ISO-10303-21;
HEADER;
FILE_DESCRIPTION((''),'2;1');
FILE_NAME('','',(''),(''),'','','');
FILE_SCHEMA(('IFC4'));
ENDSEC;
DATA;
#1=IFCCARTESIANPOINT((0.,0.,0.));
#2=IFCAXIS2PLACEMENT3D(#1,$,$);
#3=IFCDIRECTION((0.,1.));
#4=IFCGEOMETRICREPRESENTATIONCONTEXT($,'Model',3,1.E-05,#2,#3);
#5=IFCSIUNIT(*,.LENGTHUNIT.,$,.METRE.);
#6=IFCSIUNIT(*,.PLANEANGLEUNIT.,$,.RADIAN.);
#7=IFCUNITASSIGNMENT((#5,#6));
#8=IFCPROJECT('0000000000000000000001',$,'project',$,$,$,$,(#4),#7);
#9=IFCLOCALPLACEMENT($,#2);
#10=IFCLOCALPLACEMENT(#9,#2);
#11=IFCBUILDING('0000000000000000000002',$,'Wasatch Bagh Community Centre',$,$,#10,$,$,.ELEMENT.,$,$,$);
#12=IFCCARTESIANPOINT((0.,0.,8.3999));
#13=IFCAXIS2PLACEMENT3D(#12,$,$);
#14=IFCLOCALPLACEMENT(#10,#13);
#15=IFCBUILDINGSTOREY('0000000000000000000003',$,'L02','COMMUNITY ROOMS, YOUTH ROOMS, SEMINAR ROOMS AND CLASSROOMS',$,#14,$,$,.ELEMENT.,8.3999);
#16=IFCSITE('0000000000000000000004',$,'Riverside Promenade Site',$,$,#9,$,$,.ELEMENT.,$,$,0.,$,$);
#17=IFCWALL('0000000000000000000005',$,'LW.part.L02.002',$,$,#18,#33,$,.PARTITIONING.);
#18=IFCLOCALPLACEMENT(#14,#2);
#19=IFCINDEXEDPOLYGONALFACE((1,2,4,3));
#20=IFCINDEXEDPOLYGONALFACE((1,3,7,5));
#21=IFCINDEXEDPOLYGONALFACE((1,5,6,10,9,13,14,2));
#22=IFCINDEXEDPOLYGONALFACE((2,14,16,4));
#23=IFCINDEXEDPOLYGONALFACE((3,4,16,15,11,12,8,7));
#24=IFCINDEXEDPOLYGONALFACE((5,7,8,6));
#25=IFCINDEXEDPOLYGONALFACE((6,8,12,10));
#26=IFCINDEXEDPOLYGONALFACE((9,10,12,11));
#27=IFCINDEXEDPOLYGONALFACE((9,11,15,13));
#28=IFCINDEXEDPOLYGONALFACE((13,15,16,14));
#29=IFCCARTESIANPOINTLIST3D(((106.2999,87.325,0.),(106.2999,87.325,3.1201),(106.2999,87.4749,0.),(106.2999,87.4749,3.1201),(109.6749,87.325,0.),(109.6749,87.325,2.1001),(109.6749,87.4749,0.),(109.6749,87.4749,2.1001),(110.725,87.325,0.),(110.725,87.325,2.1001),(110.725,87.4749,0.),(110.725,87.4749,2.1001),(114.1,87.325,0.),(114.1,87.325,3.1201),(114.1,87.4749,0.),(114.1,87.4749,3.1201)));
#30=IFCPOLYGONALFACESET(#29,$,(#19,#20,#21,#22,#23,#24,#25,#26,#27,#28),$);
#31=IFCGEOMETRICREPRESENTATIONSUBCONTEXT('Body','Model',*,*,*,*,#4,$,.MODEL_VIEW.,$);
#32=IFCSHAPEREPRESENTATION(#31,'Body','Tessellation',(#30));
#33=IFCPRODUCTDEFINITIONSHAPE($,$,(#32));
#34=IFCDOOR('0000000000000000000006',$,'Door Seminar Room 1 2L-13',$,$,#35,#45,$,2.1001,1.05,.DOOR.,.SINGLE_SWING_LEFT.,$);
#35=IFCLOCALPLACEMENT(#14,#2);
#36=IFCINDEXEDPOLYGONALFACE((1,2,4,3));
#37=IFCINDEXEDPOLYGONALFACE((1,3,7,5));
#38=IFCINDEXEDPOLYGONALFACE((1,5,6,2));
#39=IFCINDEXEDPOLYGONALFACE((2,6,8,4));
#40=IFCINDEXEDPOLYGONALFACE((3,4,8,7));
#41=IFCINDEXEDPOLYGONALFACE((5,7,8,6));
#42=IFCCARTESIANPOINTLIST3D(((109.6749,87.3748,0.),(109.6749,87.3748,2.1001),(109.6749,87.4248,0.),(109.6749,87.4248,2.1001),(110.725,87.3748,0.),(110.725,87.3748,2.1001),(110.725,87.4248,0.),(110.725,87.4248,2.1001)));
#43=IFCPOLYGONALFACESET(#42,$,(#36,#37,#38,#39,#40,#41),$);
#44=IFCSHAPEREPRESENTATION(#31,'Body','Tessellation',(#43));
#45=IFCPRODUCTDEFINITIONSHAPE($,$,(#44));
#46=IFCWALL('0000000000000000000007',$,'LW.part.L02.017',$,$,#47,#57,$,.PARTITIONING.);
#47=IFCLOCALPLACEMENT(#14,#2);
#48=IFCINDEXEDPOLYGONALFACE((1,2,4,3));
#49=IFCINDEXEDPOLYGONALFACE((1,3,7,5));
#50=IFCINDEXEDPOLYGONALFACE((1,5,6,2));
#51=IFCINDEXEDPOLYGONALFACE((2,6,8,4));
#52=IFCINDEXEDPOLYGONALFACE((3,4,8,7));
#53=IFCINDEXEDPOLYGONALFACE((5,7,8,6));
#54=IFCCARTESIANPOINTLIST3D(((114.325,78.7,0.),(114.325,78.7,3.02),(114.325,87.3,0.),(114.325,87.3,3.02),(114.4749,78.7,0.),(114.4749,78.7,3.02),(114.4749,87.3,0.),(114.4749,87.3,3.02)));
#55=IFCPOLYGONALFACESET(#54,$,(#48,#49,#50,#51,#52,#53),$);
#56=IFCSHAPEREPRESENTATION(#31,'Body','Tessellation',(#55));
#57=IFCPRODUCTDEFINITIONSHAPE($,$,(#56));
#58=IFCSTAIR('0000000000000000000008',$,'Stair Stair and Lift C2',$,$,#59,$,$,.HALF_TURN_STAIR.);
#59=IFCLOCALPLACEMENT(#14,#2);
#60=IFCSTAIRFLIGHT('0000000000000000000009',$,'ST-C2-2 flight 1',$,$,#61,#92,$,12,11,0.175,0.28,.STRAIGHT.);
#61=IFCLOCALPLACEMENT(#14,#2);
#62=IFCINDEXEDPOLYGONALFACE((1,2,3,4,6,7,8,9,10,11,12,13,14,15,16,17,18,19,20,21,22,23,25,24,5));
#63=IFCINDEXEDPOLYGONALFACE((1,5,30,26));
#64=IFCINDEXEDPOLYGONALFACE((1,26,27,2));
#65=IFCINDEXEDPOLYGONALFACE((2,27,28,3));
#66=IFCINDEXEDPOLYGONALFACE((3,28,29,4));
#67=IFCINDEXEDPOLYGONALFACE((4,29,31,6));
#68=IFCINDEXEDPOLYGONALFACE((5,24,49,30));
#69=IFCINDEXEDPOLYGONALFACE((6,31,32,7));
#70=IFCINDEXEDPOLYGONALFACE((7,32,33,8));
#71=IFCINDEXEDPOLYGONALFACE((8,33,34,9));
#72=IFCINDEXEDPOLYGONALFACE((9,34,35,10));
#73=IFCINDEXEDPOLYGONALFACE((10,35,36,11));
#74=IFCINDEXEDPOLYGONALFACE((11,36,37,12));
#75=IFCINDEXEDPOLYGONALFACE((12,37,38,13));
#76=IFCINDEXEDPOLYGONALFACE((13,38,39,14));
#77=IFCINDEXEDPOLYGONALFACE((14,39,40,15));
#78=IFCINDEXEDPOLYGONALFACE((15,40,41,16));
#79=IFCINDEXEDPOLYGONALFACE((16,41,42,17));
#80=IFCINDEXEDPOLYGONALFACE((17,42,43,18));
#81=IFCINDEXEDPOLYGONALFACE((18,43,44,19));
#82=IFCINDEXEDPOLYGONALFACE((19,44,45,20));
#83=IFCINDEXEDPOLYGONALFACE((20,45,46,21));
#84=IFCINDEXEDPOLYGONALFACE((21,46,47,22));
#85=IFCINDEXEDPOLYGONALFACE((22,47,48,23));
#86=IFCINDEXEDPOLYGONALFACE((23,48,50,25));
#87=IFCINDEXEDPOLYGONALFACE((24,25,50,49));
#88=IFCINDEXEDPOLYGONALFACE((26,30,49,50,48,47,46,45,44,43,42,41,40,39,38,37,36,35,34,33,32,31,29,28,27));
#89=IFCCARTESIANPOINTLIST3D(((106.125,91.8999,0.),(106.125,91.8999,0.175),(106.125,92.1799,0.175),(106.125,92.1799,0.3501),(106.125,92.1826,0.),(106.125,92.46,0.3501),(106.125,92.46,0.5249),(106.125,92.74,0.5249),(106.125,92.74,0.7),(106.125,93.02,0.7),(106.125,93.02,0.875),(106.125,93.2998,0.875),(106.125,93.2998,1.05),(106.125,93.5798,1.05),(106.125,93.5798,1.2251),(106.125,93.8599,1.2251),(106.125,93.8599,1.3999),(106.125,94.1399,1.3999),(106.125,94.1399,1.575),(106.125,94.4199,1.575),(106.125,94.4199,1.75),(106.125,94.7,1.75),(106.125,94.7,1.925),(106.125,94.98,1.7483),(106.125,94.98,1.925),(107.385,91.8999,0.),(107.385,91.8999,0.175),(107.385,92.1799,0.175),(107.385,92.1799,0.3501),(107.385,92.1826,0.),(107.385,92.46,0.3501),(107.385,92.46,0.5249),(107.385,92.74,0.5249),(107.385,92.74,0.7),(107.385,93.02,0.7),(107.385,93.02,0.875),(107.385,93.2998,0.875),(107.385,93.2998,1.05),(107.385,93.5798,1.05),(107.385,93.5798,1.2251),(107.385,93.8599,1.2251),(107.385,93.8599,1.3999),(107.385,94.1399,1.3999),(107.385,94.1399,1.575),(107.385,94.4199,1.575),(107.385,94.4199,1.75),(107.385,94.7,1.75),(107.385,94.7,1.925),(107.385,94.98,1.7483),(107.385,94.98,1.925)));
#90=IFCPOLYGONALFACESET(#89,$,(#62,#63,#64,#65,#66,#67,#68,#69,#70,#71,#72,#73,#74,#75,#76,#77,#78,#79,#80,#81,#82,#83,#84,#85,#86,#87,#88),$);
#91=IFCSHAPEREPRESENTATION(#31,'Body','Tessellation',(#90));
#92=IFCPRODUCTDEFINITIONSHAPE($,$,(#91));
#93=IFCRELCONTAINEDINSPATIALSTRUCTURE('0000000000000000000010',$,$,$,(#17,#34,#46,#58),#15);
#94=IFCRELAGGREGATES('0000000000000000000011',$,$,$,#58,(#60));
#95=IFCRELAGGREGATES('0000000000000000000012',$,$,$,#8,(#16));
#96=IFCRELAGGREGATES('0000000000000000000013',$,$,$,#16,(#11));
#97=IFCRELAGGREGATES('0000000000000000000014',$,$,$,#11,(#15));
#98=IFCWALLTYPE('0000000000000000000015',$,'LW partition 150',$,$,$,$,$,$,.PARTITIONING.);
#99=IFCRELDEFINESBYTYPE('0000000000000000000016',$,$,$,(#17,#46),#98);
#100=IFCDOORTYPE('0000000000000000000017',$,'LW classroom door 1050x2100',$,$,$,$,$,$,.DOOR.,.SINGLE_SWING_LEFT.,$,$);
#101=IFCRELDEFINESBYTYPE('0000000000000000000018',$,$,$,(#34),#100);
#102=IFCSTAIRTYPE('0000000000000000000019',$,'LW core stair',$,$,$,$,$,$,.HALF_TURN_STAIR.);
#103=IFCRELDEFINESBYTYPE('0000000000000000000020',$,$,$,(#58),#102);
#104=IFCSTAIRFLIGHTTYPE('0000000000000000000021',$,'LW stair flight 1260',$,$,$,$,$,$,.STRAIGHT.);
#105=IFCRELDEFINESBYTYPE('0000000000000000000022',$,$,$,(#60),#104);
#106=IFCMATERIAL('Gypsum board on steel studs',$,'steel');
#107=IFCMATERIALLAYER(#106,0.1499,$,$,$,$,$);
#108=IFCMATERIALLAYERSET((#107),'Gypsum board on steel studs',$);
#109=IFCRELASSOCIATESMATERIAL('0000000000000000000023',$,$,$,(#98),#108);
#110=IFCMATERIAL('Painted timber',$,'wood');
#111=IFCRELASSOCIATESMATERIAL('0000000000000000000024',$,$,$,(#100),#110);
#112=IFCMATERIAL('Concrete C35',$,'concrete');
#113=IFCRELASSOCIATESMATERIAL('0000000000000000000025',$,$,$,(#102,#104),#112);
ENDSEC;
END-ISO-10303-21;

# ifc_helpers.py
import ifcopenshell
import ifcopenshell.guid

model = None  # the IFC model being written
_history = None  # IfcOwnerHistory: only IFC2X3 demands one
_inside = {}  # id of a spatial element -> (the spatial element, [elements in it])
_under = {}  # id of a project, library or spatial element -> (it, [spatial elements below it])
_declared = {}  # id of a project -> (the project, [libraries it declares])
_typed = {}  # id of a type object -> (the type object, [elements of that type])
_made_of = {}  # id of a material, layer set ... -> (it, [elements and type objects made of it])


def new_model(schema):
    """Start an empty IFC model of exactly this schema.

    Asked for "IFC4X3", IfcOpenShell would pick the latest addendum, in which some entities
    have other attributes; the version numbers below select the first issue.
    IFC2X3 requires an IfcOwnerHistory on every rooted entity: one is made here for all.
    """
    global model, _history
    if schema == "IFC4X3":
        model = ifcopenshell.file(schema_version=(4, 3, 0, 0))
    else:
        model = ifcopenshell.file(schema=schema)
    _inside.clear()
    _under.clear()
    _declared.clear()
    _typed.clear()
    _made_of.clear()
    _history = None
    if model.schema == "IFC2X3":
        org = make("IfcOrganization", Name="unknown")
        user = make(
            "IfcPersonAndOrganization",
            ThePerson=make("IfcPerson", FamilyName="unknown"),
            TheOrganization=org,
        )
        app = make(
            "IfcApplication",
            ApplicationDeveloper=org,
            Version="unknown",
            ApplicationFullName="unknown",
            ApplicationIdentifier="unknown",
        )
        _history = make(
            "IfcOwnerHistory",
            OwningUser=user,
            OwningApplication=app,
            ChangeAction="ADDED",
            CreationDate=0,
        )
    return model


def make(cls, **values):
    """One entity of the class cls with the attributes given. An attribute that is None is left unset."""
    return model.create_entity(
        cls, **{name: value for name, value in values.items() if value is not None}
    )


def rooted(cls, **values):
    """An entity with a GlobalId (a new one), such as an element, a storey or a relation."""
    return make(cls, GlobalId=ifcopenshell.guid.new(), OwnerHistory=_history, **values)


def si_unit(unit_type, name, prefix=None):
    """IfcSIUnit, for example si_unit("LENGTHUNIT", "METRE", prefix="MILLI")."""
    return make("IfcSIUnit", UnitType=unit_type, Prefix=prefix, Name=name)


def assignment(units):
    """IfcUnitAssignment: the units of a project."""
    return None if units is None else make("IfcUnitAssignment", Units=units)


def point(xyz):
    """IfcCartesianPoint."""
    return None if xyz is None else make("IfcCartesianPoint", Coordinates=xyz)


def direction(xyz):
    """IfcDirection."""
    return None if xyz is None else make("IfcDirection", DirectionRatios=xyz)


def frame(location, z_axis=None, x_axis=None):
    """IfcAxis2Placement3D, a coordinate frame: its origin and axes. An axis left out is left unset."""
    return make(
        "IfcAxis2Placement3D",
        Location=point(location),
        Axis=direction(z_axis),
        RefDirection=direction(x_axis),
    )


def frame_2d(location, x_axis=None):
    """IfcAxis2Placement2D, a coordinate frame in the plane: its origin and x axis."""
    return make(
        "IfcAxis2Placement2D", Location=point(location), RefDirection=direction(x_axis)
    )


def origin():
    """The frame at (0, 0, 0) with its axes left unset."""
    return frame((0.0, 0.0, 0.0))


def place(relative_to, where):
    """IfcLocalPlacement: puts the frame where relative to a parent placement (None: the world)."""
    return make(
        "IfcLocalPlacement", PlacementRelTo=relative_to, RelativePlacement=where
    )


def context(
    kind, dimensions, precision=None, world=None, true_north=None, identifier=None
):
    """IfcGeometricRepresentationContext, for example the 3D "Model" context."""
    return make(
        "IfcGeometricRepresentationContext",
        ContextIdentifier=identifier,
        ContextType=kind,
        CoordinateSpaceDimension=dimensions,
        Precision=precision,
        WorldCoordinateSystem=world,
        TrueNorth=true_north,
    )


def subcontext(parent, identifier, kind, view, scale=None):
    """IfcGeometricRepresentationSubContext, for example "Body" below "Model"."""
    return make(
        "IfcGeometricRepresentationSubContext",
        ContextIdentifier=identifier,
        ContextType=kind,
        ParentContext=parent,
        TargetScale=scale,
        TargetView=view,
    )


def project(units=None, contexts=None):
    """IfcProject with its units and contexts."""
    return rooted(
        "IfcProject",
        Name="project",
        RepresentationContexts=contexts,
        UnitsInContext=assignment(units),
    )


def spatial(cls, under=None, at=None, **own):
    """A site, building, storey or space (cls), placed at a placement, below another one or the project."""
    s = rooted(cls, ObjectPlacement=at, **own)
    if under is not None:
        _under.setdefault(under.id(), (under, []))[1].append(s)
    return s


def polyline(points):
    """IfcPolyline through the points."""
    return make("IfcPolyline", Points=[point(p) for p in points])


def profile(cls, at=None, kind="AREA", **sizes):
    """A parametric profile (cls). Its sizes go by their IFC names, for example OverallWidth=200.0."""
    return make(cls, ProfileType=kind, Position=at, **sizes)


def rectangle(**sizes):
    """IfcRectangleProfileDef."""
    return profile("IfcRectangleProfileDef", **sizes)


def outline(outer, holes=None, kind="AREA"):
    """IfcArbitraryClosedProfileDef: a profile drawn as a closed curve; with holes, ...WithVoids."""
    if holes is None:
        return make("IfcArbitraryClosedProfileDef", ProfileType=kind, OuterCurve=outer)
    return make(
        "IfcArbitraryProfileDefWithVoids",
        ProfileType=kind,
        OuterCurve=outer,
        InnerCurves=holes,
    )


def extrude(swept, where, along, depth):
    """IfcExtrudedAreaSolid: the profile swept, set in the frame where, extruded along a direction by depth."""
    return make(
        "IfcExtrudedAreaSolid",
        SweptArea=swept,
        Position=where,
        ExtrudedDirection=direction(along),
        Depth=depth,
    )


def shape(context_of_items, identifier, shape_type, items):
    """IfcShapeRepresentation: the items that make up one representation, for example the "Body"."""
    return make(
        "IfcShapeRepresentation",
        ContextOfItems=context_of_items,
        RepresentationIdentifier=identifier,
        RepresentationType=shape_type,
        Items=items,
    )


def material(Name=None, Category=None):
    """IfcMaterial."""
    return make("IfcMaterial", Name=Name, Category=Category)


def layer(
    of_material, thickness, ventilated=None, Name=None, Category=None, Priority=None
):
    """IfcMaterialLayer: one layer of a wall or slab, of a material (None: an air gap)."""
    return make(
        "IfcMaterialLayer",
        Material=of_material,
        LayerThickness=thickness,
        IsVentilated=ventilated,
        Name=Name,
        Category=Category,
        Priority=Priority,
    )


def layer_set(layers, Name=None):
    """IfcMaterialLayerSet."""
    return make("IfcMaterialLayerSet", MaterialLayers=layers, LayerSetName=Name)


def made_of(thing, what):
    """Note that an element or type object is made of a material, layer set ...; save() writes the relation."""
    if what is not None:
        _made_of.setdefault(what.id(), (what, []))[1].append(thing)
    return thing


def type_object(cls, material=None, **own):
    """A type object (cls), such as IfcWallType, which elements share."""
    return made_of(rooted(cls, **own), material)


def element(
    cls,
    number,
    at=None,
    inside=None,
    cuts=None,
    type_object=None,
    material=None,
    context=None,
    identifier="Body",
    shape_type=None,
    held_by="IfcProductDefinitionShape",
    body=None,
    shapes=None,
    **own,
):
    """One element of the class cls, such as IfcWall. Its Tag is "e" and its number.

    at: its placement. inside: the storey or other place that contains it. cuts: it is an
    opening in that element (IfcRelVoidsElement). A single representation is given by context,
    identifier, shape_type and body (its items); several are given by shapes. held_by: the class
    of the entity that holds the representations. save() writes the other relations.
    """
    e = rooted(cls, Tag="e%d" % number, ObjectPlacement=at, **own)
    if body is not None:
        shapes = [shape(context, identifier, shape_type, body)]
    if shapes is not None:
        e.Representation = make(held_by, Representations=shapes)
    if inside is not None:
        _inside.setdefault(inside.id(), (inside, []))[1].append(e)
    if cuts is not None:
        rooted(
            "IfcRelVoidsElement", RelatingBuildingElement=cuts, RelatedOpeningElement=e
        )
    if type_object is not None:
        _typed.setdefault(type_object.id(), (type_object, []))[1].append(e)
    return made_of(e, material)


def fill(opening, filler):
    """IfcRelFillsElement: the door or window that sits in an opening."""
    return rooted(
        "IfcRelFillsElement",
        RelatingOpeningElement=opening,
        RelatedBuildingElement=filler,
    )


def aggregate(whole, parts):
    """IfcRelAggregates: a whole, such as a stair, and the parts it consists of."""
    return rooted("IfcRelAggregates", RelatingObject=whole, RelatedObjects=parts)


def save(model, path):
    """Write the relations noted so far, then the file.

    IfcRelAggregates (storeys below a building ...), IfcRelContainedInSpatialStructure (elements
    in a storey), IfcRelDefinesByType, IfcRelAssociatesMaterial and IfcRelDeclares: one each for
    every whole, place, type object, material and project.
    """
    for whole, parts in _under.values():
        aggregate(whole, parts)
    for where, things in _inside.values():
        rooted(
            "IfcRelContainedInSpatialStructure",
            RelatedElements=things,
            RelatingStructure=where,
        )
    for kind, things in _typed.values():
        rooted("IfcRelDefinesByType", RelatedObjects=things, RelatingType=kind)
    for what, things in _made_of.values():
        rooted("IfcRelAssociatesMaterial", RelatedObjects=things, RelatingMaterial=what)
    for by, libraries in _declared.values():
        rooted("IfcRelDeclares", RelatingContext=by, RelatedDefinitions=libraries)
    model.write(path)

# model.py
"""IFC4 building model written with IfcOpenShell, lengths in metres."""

from ifc_helpers import new_model, si_unit, direction, frame, frame_2d, origin, place, context, subcontext, project, spatial, polyline, rectangle, outline, extrude, material, layer, layer_set, type_object, element, fill, aggregate, save


model = new_model("IFC4")

# Units and contexts
model_context = context("Model", 3, precision=1e-05, world=origin(), true_north=direction((0.0, 1.0)))
body_context = subcontext(model_context, "Body", "Model", "MODEL_VIEW")
ifc_project = project(units=[si_unit("LENGTHUNIT", "METRE"), si_unit("PLANEANGLEUNIT", "RADIAN")], contexts=[model_context])

# Site, building, storey
site_placement = place(None, origin())
site = spatial("IfcSite", under=ifc_project, at=site_placement, Name="Riverside Promenade Site", CompositionType="ELEMENT", RefElevation=0.0)
building_placement = place(site_placement, origin())
building = spatial("IfcBuilding", under=site, at=building_placement, Name="Wasatch Bagh Community Centre", CompositionType="ELEMENT")
storey_placement = place(building_placement, frame((0.0, 0.0, 8.3999)))
storey = spatial("IfcBuildingStorey", under=building, at=storey_placement, Name="L02", Description="COMMUNITY ROOMS, YOUTH ROOMS, SEMINAR ROOMS AND CLASSROOMS", CompositionType="ELEMENT", Elevation=8.3999)

# Shared definitions
ifc_material_1 = material(Name="Concrete C35", Category="concrete")

# Wall, opening, door
ifc_material_2 = material(Name="Gypsum board on steel studs", Category="steel")
ifc_layer_1 = layer(ifc_material_2, 0.1499)
ifc_layer_set_1 = layer_set([ifc_layer_1], Name="Gypsum board on steel studs")
wall_type_1 = type_object("IfcWallType", Name="LW partition 150", PredefinedType="PARTITIONING", material=ifc_layer_set_1)
wall_1_placement = place(storey_placement, frame((106.3, 87.3999, 0.0), z_axis=(0.0, 0.0, 1.0), x_axis=(1.0, 0.0, 0.0)))
wall_1 = element("IfcWall", 1, at=wall_1_placement, inside=storey, type_object=wall_type_1, Name="LW.part.L02.002", PredefinedType="PARTITIONING", context=body_context, shape_type="SweptSolid", body=[
    extrude(rectangle(XDim=7.8, YDim=0.1499, at=frame_2d((3.8999, 0.0))), origin(), (0.0, 0.0, 1.0), 3.1201),
])
opening_1_placement = place(wall_1_placement, frame((3.375, 0.0, 0.0)))
opening_1 = element("IfcOpeningElement", 2, at=opening_1_placement, cuts=wall_1, PredefinedType="OPENING", context=body_context, shape_type="SweptSolid", body=[
    extrude(rectangle(XDim=1.05, YDim=2.1001, at=frame_2d((0.5249, 1.05))), frame((0.0, 0.085, 0.0), z_axis=(0.0, -1.0, 0.0), x_axis=(1.0, 0.0, 0.0)), (0.0, 0.0, 1.0), 0.1699),
])
ifc_material_3 = material(Name="Painted timber", Category="wood")
door_type_1 = type_object("IfcDoorType", Name="LW classroom door 1050x2100", OperationType="SINGLE_SWING_LEFT", PredefinedType="DOOR", material=ifc_material_3)
door_1_placement = place(opening_1_placement, origin())
door_1 = element("IfcDoor", 3, at=door_1_placement, inside=storey, type_object=door_type_1, Name="Door Seminar Room 1 2L-13", OperationType="SINGLE_SWING_LEFT", OverallHeight=2.1001, OverallWidth=1.05, PredefinedType="DOOR", context=body_context, shape_type="SweptSolid", body=[
    extrude(rectangle(XDim=1.05, YDim=2.1001, at=frame_2d((0.5249, 1.05))), frame((0.0, 0.0249, 0.0), z_axis=(0.0, -1.0, 0.0), x_axis=(1.0, 0.0, 0.0)), (0.0, 0.0, 1.0), 0.05),
])
fill(opening_1, door_1)

# Wall
wall_2_placement = place(storey_placement, frame((114.3999, 78.7, 0.0), z_axis=(0.0, 0.0, 1.0), x_axis=(0.0, 1.0, 0.0)))
element("IfcWall", 4, at=wall_2_placement, inside=storey, type_object=wall_type_1, Name="LW.part.L02.017", PredefinedType="PARTITIONING", context=body_context, shape_type="SweptSolid", body=[
    extrude(rectangle(XDim=8.6001, YDim=0.1499, at=frame_2d((4.3, 0.0))), origin(), (0.0, 0.0, 1.0), 3.02),
])

# Stair, stair flight
stair_type = type_object("IfcStairType", Name="LW core stair", PredefinedType="HALF_TURN_STAIR", material=ifc_material_1)
stair_placement = place(storey_placement, origin())
stair = element("IfcStair", 5, at=stair_placement, inside=storey, type_object=stair_type, Name="Stair Stair and Lift C2", PredefinedType="HALF_TURN_STAIR")
stair_flight_type = type_object("IfcStairFlightType", Name="LW stair flight 1260", PredefinedType="STRAIGHT", material=ifc_material_1)
stair_flight_placement = place(storey_placement, frame((106.7549, 91.8999, 0.0), z_axis=(0.0, 0.0, 1.0), x_axis=(0.0, 1.0, 0.0)))
stair_flight = element("IfcStairFlight", 6, at=stair_flight_placement, type_object=stair_flight_type, Name="ST-C2-2 flight 1", NumberOfRisers=12, NumberOfTreads=11, PredefinedType="STRAIGHT", RiserHeight=0.175, TreadLength=0.28, context=body_context, shape_type="SweptSolid", body=[
    extrude(outline(polyline([(0.0, 0.0), (0.0, 0.175), (0.28, 0.175), (0.28, 0.3501), (0.5601, 0.3501), (0.5601, 0.5249), (0.8401, 0.5249), (0.8401, 0.7), (1.1201, 0.7), (1.1201, 0.875), (1.3999, 0.875), (1.3999, 1.05), (1.6799, 1.05), (1.6799, 1.2251), (1.96, 1.2251), (1.96, 1.3999), (2.24, 1.3999), (2.24, 1.575), (2.52, 1.575), (2.52, 1.75), (2.8, 1.75), (2.8, 1.925), (3.0801, 1.925), (3.0801, 2.1001), (3.0801, 1.7483), (0.2827, 0.0), (0.0, 0.0)])), frame((0.0, 0.6299, 0.0), z_axis=(0.0, -1.0, 0.0), x_axis=(1.0, 0.0, 0.0)), (0.0, 0.0, 1.0), 1.26),
])
aggregate(stair, [stair_flight])

save(model, "model.ifc")
